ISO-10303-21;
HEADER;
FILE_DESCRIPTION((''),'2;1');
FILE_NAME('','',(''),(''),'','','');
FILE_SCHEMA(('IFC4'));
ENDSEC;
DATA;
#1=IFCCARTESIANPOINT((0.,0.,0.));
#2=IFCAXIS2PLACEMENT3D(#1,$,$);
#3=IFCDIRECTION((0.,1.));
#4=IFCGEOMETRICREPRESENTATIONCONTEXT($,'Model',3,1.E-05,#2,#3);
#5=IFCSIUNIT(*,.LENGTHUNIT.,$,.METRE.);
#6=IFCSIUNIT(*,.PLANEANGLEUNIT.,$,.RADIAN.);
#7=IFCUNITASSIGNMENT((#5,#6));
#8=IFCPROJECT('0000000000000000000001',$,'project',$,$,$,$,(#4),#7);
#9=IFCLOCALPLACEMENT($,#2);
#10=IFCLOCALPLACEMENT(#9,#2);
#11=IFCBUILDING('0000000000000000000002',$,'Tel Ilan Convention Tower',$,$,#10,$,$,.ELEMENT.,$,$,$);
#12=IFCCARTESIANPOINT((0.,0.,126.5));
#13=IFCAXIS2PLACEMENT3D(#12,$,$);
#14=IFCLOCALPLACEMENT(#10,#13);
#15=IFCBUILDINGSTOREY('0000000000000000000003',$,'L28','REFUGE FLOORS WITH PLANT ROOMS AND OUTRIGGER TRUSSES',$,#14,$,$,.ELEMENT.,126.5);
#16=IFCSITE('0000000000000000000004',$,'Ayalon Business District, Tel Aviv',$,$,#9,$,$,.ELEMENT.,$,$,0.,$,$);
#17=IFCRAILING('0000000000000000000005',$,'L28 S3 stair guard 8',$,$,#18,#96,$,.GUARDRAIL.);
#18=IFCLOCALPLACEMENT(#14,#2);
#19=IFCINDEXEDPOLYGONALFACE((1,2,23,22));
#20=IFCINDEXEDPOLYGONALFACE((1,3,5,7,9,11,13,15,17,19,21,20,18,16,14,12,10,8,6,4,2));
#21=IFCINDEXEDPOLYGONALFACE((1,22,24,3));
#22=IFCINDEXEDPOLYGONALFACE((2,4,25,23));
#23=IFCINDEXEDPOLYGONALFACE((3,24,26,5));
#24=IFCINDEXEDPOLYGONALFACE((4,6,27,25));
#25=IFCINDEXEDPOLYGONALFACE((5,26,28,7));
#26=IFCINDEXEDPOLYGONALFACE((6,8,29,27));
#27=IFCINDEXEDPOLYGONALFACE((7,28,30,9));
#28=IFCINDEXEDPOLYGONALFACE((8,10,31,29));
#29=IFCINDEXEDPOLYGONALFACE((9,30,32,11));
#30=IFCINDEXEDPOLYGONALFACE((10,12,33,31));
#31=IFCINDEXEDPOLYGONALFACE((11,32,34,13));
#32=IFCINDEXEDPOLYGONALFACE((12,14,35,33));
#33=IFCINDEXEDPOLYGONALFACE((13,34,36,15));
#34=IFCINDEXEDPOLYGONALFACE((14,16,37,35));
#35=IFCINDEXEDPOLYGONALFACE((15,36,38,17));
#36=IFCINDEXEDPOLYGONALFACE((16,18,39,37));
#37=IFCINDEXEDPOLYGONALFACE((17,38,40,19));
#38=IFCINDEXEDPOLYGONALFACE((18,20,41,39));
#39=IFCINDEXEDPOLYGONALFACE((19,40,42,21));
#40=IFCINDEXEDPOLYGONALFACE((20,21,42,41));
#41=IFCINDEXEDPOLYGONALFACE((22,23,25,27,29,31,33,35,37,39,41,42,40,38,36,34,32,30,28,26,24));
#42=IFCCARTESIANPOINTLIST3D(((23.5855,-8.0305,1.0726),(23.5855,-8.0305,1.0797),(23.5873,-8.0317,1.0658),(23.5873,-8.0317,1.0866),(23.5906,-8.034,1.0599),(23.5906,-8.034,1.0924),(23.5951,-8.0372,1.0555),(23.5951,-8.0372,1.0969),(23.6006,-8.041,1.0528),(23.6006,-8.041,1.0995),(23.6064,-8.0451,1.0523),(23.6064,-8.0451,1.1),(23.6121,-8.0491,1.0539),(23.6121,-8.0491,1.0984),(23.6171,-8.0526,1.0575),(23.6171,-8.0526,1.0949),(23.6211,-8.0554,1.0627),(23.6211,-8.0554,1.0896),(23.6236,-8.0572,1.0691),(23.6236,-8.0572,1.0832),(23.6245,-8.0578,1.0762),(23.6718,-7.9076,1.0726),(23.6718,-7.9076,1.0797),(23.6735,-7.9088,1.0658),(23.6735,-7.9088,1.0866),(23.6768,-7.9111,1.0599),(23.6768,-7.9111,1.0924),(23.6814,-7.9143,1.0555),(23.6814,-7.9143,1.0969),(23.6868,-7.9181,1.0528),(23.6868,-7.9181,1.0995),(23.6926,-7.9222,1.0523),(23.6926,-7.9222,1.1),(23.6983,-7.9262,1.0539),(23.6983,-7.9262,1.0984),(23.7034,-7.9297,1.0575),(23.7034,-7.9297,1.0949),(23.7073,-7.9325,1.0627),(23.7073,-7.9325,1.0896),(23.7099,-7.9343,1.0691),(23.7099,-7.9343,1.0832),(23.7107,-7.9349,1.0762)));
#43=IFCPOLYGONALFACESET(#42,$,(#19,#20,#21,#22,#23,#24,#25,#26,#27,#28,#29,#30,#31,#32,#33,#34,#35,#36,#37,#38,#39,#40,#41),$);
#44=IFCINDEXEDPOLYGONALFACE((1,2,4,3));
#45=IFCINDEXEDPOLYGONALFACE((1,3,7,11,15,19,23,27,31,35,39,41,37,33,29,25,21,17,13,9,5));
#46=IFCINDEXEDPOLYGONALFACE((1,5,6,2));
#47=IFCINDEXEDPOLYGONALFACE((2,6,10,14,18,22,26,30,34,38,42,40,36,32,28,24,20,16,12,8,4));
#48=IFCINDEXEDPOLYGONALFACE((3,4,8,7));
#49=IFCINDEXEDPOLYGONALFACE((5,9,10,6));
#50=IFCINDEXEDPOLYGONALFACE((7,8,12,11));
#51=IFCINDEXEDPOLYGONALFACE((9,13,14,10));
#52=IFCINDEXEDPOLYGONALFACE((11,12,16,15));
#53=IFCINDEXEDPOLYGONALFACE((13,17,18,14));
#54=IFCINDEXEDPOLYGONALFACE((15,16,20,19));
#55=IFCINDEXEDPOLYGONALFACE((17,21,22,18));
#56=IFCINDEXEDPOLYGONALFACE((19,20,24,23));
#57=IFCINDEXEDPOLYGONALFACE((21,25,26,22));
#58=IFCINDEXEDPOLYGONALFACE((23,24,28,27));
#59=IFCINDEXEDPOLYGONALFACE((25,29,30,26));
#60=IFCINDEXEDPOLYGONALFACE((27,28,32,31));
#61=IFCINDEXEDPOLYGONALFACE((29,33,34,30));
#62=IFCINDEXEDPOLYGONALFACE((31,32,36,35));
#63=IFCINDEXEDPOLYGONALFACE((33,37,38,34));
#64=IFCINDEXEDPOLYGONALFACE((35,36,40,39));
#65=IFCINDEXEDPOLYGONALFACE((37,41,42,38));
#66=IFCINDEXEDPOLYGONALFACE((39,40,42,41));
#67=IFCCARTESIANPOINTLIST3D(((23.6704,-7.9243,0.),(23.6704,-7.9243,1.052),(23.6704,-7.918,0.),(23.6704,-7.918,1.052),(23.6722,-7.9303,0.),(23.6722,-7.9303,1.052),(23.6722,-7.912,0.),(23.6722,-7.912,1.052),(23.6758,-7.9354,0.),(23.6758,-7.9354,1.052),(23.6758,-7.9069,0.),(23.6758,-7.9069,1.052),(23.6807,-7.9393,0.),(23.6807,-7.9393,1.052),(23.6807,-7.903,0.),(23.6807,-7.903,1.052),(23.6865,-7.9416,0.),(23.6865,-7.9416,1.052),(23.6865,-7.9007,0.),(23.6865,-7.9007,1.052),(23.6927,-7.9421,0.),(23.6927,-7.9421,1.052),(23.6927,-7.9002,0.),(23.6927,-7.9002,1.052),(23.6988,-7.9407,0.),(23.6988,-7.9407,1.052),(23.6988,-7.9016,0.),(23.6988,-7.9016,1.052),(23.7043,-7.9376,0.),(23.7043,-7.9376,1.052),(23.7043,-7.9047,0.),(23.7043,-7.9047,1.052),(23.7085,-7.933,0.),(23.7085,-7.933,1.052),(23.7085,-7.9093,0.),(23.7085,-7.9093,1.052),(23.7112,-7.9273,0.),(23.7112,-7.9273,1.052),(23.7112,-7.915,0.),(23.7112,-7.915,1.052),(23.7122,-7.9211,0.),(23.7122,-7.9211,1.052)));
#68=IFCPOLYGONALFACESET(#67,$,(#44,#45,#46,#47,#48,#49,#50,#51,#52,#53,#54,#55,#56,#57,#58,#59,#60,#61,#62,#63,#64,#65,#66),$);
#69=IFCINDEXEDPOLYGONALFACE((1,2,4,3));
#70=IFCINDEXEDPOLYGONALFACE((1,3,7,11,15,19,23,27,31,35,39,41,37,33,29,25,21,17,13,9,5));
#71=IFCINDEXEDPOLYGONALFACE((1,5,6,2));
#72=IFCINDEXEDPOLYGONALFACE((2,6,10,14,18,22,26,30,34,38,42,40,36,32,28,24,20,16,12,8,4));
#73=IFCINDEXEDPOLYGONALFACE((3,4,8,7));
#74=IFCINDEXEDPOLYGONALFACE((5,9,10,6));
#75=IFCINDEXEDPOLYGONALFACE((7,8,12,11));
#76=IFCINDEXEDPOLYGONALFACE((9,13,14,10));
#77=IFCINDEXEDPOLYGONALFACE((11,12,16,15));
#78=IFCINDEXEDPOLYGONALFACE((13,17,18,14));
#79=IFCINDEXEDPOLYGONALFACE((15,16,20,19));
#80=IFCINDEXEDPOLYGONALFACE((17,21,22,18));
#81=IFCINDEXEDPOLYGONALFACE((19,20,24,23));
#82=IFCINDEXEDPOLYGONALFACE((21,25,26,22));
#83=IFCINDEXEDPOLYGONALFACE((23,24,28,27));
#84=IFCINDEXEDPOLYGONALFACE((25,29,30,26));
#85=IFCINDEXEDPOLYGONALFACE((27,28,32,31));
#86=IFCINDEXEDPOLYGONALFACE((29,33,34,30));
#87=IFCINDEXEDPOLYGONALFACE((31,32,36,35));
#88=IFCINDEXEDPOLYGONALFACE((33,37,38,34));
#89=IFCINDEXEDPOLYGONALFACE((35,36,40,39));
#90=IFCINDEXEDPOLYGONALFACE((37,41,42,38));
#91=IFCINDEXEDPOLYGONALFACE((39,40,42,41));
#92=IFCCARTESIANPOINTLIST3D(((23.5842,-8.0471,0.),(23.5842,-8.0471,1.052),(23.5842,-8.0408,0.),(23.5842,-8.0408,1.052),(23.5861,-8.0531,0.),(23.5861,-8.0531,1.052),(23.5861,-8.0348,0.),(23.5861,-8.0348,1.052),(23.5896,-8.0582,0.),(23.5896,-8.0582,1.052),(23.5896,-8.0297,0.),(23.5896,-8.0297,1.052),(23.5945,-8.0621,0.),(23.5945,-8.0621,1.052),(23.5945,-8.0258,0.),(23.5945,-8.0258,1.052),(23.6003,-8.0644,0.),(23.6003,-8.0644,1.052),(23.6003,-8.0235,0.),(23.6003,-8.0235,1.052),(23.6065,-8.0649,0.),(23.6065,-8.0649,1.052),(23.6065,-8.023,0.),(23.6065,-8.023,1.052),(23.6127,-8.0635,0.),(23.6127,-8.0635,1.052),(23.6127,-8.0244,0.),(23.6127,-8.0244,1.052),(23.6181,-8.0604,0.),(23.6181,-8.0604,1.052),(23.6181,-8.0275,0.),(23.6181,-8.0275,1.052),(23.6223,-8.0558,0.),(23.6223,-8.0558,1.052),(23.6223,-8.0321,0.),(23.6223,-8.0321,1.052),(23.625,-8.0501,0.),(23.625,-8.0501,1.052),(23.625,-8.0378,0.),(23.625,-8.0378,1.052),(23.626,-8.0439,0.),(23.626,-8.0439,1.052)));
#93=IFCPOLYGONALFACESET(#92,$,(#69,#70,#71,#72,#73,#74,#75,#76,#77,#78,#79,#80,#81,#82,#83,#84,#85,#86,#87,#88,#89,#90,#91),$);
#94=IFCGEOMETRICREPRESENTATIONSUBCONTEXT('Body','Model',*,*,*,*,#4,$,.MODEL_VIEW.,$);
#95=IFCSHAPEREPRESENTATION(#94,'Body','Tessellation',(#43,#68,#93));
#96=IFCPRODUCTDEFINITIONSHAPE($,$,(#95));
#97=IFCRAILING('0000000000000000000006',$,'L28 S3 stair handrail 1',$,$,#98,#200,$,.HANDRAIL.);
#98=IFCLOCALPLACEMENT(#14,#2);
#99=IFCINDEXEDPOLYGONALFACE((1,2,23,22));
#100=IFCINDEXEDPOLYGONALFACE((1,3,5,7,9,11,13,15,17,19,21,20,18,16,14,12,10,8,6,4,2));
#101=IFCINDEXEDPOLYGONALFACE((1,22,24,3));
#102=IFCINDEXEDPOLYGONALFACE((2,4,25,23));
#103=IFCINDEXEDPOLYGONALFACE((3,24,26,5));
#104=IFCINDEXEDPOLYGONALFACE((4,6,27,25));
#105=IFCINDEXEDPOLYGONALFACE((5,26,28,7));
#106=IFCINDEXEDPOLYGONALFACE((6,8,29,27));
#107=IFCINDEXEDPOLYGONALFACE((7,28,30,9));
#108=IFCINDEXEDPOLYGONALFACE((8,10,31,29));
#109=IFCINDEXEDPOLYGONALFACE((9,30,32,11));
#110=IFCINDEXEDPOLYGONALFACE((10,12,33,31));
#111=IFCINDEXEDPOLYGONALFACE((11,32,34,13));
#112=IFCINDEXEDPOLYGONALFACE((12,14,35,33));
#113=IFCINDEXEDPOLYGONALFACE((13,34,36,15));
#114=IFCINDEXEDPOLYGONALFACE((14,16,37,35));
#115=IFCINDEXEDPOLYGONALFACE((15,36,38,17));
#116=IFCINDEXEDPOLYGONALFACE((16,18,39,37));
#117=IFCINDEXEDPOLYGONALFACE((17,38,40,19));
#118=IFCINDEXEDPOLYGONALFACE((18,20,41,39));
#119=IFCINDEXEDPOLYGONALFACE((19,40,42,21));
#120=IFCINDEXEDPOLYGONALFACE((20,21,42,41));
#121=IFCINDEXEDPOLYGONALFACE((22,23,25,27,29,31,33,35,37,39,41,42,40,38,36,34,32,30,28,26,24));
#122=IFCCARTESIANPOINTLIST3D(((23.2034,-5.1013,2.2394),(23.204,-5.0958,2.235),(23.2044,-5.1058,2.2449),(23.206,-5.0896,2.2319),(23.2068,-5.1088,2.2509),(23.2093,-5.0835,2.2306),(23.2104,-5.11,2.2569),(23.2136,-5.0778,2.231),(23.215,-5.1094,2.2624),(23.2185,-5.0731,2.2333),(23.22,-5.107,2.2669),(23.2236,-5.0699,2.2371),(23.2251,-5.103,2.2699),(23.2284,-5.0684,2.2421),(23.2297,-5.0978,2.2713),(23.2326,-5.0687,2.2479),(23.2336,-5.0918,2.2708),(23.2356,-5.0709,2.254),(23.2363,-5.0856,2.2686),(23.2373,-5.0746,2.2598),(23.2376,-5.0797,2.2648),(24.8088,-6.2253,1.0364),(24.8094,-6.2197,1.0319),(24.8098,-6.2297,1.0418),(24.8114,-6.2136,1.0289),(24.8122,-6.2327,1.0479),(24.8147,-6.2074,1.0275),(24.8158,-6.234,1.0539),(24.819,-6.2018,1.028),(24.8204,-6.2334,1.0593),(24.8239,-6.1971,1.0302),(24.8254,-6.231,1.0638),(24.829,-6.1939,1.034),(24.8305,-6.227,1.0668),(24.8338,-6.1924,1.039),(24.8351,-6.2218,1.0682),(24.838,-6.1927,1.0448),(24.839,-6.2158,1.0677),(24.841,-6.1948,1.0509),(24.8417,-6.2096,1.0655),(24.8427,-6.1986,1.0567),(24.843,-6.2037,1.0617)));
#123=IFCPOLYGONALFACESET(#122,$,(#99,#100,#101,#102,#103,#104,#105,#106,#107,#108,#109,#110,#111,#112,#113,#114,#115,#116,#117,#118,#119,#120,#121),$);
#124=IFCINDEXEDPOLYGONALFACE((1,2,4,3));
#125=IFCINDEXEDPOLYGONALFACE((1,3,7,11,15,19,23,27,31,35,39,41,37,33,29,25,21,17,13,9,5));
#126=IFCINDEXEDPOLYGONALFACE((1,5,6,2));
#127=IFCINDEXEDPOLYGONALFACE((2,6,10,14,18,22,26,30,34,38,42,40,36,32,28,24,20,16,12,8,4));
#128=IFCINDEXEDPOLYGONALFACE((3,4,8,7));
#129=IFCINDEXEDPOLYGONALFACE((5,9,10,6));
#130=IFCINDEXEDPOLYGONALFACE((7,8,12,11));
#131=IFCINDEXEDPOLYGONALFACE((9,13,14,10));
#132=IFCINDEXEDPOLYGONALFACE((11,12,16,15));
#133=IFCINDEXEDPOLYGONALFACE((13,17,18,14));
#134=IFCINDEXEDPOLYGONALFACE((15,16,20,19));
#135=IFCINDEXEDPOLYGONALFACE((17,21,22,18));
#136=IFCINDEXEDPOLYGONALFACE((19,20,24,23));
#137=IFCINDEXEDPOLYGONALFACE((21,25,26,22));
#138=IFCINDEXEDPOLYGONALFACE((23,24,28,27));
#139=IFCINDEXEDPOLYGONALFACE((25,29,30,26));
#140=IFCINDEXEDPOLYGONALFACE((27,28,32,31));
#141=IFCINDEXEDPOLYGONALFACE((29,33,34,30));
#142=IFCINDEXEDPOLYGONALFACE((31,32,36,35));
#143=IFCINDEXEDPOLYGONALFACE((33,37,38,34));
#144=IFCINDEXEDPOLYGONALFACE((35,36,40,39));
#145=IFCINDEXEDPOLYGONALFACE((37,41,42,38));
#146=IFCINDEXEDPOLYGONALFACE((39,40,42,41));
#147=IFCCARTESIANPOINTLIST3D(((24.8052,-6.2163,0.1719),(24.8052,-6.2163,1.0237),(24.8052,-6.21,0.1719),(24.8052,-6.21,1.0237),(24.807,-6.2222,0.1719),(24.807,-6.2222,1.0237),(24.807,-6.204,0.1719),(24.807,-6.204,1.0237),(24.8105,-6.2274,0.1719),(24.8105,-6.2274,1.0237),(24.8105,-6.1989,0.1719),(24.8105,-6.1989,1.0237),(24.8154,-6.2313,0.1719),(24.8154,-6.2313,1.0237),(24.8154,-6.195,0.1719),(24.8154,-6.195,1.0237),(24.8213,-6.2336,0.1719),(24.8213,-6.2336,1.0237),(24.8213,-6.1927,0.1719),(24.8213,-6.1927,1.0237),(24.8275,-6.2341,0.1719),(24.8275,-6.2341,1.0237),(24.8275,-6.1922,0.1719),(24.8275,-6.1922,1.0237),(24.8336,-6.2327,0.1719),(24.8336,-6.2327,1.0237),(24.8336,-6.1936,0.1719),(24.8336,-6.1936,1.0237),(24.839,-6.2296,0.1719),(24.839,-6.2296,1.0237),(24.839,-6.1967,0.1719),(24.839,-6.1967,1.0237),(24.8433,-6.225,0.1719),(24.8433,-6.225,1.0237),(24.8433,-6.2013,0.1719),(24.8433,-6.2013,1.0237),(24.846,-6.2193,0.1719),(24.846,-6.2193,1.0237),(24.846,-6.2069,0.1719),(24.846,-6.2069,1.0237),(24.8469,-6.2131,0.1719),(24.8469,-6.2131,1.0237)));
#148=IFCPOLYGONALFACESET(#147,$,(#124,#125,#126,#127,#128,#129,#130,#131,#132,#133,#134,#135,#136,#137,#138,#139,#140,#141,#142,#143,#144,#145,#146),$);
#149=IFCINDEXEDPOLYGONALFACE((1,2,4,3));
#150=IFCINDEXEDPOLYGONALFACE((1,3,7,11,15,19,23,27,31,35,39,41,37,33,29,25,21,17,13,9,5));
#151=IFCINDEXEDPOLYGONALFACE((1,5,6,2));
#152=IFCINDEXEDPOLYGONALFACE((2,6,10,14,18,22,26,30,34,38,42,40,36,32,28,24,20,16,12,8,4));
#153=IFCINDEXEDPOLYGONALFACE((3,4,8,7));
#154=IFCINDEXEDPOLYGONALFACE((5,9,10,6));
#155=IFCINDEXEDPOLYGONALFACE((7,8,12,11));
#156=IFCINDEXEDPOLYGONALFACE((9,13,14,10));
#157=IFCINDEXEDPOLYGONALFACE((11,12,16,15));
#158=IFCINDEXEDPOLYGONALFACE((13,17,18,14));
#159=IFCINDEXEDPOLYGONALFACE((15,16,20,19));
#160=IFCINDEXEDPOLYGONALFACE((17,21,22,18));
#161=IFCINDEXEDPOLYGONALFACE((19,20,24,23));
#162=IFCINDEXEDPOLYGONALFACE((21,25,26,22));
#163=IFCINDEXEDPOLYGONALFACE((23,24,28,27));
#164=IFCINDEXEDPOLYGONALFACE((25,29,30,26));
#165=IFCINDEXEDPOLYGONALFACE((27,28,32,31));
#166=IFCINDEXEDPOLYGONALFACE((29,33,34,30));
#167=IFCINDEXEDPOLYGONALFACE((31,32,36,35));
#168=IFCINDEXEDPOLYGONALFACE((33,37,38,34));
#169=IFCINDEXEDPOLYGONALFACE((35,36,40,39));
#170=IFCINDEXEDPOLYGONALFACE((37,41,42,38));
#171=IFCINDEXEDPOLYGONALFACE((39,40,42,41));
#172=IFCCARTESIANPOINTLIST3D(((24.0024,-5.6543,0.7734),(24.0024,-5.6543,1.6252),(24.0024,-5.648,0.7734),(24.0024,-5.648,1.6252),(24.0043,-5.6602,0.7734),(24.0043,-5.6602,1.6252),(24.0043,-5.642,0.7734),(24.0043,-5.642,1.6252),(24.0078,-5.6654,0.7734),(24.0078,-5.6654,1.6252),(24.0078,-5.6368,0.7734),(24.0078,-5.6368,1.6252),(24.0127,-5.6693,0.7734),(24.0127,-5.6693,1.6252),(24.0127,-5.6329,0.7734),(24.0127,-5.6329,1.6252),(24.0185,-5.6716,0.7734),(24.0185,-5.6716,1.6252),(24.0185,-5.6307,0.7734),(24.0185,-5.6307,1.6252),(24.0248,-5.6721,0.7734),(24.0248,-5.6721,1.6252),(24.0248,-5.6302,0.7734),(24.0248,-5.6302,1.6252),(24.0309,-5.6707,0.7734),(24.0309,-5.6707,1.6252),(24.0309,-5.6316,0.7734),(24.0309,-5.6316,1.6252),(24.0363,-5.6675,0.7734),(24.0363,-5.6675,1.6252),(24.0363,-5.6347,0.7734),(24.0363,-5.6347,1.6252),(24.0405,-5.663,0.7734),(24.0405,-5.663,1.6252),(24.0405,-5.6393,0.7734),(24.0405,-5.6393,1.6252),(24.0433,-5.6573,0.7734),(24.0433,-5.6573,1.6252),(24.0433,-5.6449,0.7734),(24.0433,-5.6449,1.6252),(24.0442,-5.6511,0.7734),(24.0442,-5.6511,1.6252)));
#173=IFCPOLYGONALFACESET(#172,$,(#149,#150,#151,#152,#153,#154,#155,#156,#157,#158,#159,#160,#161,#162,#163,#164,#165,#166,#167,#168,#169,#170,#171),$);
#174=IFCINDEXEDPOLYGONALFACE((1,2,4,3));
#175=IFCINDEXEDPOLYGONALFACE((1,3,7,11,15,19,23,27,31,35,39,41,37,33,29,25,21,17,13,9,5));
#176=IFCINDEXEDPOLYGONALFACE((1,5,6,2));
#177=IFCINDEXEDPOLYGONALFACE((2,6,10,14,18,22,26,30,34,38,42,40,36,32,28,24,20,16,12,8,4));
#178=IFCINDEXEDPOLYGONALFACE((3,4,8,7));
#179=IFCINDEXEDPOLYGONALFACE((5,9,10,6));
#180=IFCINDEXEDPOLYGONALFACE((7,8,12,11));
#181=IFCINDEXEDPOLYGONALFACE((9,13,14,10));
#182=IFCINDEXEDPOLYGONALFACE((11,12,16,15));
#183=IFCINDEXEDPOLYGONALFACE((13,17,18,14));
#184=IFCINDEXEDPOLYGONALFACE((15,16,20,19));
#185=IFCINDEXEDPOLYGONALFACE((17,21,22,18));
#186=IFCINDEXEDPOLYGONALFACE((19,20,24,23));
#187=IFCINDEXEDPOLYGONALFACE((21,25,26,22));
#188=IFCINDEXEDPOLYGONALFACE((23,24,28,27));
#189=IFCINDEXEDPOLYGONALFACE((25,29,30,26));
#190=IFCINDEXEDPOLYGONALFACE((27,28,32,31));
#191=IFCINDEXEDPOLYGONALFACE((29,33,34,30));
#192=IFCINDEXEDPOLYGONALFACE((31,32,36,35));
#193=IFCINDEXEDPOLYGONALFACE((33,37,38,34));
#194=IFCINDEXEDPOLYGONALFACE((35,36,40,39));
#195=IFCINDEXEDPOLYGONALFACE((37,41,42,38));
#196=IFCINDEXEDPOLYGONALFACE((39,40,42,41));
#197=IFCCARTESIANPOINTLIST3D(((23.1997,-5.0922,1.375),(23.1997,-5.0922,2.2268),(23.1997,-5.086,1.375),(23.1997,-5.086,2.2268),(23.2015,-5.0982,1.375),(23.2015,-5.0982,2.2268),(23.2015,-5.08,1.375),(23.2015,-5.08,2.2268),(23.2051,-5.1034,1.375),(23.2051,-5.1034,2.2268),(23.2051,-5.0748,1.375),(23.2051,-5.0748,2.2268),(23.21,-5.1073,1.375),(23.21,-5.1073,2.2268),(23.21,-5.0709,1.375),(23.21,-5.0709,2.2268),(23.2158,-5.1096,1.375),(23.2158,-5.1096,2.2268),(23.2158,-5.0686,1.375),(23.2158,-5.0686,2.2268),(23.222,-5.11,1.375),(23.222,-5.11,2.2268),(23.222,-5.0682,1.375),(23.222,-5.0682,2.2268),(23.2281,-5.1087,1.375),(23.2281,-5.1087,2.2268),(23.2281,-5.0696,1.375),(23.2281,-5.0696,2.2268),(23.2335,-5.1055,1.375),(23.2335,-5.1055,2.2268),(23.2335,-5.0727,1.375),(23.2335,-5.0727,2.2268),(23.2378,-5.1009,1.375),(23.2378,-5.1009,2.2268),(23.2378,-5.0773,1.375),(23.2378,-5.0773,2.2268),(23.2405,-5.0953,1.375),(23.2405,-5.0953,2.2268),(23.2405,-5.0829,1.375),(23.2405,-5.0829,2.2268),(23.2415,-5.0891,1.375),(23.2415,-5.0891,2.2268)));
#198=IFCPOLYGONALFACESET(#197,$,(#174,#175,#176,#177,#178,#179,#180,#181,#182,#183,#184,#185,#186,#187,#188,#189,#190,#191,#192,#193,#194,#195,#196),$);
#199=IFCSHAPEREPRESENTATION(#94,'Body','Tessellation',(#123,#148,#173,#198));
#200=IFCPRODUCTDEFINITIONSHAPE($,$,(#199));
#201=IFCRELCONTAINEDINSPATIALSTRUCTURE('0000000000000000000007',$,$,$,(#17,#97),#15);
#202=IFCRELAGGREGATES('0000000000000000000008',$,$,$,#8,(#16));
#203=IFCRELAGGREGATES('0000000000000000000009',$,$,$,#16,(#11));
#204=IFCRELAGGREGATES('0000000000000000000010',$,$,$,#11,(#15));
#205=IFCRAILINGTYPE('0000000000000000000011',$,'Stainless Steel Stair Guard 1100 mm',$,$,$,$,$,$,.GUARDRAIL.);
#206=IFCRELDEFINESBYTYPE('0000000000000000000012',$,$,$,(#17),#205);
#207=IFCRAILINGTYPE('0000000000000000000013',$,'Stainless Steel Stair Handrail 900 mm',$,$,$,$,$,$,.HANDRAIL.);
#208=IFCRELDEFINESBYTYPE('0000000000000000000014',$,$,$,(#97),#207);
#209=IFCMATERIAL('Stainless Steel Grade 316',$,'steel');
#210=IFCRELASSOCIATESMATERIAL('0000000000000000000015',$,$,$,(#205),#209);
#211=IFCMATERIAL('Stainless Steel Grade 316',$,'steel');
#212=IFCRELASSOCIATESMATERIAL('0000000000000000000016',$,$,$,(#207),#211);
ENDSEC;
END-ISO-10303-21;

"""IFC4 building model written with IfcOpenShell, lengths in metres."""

from ifc_helpers import new_model, si_unit, direction, frame, origin, origin_2d, place, context, subcontext, project, spatial, circle, extrude, material, type_object, element, save


model = new_model("IFC4")

# Units and contexts
model_context = context("Model", 3, precision=1e-05, world=origin(), true_north=direction((0.0, 1.0)))
body_context = subcontext(model_context, "Body", "Model", "MODEL_VIEW")
ifc_project = project(units=[si_unit("LENGTHUNIT", "METRE"), si_unit("PLANEANGLEUNIT", "RADIAN")], contexts=[model_context])

# Site, building, storey
site_placement = place(None, origin())
site = spatial("IfcSite", under=ifc_project, at=site_placement, Name="Ayalon Business District, Tel Aviv", CompositionType="ELEMENT", RefElevation=0.0)
building_placement = place(site_placement, origin())
building = spatial("IfcBuilding", under=site, at=building_placement, Name="Tel Ilan Convention Tower", CompositionType="ELEMENT")
storey_placement = place(building_placement, frame((0.0, 0.0, 126.5)))
storey = spatial("IfcBuildingStorey", under=building, at=storey_placement, Name="L28", Description="REFUGE FLOORS WITH PLANT ROOMS AND OUTRIGGER TRUSSES", CompositionType="ELEMENT", Elevation=126.5)

# Railings
ifc_material_1 = material(Name="Stainless Steel Grade 316", Category="steel")
railing_type_1 = type_object("IfcRailingType", Name="Stainless Steel Stair Guard 1100 mm", PredefinedType="GUARDRAIL", material=ifc_material_1)
railing_1_placement = place(storey_placement, frame((23.6912, -7.9211, 0.0)))
element("IfcRailing", 1, at=railing_1_placement, inside=storey, type_object=railing_type_1, Name="L28 S3 stair guard 8", PredefinedType="GUARDRAIL", context=body_context, shape_type="SweptSolid", body=[
    extrude(circle(Radius=0.0239, at=origin_2d()), frame((0.0, 0.0, 1.0762), z_axis=(-0.574445, -0.818543, 0.0), x_axis=(0.818543, -0.574445, 0.0)), (0.0, 0.0, 1.0), 0.1501),
    extrude(circle(Radius=0.021, at=origin_2d()), origin(), (0.0, 0.0, 1.0), 1.052),
    extrude(circle(Radius=0.021, at=origin_2d()), frame((-0.0862, -0.1228, 0.0)), (0.0, 0.0, 1.0), 1.052),
])
ifc_material_2 = material(Name="Stainless Steel Grade 316", Category="steel")
railing_type_2 = type_object("IfcRailingType", Name="Stainless Steel Stair Handrail 900 mm", PredefinedType="HANDRAIL", material=ifc_material_2)
for number, where, name in (
    (2, (24.8259, -6.2131, 0.1719), "L28 S3 stair handrail 1"),
):
    element("IfcRailing", number, at=place(storey_placement, frame(where)), inside=storey, type_object=railing_type_2, Name=name, PredefinedType="HANDRAIL", context=body_context, shape_type="SweptSolid", body=[
        extrude(circle(Radius=0.0239, at=origin_2d()), frame((0.0, 0.0, 0.876), z_axis=(-0.698131, 0.488777, 0.523174), x_axis=(-0.573529, -0.819185, 0.0)), (0.0, 0.0, 1.0), 2.2996),
        extrude(circle(Radius=0.021, at=origin_2d()), origin(), (0.0, 0.0, 1.0), 0.8518),
        extrude(circle(Radius=0.021, at=origin_2d()), frame((-0.8027, 0.562, 0.6016)), (0.0, 0.0, 1.0), 0.8518),
        extrude(circle(Radius=0.021, at=origin_2d()), frame((-1.6055, 1.124, 1.2031)), (0.0, 0.0, 1.0), 0.8518),
    ])

save(model, "model.ifc")
